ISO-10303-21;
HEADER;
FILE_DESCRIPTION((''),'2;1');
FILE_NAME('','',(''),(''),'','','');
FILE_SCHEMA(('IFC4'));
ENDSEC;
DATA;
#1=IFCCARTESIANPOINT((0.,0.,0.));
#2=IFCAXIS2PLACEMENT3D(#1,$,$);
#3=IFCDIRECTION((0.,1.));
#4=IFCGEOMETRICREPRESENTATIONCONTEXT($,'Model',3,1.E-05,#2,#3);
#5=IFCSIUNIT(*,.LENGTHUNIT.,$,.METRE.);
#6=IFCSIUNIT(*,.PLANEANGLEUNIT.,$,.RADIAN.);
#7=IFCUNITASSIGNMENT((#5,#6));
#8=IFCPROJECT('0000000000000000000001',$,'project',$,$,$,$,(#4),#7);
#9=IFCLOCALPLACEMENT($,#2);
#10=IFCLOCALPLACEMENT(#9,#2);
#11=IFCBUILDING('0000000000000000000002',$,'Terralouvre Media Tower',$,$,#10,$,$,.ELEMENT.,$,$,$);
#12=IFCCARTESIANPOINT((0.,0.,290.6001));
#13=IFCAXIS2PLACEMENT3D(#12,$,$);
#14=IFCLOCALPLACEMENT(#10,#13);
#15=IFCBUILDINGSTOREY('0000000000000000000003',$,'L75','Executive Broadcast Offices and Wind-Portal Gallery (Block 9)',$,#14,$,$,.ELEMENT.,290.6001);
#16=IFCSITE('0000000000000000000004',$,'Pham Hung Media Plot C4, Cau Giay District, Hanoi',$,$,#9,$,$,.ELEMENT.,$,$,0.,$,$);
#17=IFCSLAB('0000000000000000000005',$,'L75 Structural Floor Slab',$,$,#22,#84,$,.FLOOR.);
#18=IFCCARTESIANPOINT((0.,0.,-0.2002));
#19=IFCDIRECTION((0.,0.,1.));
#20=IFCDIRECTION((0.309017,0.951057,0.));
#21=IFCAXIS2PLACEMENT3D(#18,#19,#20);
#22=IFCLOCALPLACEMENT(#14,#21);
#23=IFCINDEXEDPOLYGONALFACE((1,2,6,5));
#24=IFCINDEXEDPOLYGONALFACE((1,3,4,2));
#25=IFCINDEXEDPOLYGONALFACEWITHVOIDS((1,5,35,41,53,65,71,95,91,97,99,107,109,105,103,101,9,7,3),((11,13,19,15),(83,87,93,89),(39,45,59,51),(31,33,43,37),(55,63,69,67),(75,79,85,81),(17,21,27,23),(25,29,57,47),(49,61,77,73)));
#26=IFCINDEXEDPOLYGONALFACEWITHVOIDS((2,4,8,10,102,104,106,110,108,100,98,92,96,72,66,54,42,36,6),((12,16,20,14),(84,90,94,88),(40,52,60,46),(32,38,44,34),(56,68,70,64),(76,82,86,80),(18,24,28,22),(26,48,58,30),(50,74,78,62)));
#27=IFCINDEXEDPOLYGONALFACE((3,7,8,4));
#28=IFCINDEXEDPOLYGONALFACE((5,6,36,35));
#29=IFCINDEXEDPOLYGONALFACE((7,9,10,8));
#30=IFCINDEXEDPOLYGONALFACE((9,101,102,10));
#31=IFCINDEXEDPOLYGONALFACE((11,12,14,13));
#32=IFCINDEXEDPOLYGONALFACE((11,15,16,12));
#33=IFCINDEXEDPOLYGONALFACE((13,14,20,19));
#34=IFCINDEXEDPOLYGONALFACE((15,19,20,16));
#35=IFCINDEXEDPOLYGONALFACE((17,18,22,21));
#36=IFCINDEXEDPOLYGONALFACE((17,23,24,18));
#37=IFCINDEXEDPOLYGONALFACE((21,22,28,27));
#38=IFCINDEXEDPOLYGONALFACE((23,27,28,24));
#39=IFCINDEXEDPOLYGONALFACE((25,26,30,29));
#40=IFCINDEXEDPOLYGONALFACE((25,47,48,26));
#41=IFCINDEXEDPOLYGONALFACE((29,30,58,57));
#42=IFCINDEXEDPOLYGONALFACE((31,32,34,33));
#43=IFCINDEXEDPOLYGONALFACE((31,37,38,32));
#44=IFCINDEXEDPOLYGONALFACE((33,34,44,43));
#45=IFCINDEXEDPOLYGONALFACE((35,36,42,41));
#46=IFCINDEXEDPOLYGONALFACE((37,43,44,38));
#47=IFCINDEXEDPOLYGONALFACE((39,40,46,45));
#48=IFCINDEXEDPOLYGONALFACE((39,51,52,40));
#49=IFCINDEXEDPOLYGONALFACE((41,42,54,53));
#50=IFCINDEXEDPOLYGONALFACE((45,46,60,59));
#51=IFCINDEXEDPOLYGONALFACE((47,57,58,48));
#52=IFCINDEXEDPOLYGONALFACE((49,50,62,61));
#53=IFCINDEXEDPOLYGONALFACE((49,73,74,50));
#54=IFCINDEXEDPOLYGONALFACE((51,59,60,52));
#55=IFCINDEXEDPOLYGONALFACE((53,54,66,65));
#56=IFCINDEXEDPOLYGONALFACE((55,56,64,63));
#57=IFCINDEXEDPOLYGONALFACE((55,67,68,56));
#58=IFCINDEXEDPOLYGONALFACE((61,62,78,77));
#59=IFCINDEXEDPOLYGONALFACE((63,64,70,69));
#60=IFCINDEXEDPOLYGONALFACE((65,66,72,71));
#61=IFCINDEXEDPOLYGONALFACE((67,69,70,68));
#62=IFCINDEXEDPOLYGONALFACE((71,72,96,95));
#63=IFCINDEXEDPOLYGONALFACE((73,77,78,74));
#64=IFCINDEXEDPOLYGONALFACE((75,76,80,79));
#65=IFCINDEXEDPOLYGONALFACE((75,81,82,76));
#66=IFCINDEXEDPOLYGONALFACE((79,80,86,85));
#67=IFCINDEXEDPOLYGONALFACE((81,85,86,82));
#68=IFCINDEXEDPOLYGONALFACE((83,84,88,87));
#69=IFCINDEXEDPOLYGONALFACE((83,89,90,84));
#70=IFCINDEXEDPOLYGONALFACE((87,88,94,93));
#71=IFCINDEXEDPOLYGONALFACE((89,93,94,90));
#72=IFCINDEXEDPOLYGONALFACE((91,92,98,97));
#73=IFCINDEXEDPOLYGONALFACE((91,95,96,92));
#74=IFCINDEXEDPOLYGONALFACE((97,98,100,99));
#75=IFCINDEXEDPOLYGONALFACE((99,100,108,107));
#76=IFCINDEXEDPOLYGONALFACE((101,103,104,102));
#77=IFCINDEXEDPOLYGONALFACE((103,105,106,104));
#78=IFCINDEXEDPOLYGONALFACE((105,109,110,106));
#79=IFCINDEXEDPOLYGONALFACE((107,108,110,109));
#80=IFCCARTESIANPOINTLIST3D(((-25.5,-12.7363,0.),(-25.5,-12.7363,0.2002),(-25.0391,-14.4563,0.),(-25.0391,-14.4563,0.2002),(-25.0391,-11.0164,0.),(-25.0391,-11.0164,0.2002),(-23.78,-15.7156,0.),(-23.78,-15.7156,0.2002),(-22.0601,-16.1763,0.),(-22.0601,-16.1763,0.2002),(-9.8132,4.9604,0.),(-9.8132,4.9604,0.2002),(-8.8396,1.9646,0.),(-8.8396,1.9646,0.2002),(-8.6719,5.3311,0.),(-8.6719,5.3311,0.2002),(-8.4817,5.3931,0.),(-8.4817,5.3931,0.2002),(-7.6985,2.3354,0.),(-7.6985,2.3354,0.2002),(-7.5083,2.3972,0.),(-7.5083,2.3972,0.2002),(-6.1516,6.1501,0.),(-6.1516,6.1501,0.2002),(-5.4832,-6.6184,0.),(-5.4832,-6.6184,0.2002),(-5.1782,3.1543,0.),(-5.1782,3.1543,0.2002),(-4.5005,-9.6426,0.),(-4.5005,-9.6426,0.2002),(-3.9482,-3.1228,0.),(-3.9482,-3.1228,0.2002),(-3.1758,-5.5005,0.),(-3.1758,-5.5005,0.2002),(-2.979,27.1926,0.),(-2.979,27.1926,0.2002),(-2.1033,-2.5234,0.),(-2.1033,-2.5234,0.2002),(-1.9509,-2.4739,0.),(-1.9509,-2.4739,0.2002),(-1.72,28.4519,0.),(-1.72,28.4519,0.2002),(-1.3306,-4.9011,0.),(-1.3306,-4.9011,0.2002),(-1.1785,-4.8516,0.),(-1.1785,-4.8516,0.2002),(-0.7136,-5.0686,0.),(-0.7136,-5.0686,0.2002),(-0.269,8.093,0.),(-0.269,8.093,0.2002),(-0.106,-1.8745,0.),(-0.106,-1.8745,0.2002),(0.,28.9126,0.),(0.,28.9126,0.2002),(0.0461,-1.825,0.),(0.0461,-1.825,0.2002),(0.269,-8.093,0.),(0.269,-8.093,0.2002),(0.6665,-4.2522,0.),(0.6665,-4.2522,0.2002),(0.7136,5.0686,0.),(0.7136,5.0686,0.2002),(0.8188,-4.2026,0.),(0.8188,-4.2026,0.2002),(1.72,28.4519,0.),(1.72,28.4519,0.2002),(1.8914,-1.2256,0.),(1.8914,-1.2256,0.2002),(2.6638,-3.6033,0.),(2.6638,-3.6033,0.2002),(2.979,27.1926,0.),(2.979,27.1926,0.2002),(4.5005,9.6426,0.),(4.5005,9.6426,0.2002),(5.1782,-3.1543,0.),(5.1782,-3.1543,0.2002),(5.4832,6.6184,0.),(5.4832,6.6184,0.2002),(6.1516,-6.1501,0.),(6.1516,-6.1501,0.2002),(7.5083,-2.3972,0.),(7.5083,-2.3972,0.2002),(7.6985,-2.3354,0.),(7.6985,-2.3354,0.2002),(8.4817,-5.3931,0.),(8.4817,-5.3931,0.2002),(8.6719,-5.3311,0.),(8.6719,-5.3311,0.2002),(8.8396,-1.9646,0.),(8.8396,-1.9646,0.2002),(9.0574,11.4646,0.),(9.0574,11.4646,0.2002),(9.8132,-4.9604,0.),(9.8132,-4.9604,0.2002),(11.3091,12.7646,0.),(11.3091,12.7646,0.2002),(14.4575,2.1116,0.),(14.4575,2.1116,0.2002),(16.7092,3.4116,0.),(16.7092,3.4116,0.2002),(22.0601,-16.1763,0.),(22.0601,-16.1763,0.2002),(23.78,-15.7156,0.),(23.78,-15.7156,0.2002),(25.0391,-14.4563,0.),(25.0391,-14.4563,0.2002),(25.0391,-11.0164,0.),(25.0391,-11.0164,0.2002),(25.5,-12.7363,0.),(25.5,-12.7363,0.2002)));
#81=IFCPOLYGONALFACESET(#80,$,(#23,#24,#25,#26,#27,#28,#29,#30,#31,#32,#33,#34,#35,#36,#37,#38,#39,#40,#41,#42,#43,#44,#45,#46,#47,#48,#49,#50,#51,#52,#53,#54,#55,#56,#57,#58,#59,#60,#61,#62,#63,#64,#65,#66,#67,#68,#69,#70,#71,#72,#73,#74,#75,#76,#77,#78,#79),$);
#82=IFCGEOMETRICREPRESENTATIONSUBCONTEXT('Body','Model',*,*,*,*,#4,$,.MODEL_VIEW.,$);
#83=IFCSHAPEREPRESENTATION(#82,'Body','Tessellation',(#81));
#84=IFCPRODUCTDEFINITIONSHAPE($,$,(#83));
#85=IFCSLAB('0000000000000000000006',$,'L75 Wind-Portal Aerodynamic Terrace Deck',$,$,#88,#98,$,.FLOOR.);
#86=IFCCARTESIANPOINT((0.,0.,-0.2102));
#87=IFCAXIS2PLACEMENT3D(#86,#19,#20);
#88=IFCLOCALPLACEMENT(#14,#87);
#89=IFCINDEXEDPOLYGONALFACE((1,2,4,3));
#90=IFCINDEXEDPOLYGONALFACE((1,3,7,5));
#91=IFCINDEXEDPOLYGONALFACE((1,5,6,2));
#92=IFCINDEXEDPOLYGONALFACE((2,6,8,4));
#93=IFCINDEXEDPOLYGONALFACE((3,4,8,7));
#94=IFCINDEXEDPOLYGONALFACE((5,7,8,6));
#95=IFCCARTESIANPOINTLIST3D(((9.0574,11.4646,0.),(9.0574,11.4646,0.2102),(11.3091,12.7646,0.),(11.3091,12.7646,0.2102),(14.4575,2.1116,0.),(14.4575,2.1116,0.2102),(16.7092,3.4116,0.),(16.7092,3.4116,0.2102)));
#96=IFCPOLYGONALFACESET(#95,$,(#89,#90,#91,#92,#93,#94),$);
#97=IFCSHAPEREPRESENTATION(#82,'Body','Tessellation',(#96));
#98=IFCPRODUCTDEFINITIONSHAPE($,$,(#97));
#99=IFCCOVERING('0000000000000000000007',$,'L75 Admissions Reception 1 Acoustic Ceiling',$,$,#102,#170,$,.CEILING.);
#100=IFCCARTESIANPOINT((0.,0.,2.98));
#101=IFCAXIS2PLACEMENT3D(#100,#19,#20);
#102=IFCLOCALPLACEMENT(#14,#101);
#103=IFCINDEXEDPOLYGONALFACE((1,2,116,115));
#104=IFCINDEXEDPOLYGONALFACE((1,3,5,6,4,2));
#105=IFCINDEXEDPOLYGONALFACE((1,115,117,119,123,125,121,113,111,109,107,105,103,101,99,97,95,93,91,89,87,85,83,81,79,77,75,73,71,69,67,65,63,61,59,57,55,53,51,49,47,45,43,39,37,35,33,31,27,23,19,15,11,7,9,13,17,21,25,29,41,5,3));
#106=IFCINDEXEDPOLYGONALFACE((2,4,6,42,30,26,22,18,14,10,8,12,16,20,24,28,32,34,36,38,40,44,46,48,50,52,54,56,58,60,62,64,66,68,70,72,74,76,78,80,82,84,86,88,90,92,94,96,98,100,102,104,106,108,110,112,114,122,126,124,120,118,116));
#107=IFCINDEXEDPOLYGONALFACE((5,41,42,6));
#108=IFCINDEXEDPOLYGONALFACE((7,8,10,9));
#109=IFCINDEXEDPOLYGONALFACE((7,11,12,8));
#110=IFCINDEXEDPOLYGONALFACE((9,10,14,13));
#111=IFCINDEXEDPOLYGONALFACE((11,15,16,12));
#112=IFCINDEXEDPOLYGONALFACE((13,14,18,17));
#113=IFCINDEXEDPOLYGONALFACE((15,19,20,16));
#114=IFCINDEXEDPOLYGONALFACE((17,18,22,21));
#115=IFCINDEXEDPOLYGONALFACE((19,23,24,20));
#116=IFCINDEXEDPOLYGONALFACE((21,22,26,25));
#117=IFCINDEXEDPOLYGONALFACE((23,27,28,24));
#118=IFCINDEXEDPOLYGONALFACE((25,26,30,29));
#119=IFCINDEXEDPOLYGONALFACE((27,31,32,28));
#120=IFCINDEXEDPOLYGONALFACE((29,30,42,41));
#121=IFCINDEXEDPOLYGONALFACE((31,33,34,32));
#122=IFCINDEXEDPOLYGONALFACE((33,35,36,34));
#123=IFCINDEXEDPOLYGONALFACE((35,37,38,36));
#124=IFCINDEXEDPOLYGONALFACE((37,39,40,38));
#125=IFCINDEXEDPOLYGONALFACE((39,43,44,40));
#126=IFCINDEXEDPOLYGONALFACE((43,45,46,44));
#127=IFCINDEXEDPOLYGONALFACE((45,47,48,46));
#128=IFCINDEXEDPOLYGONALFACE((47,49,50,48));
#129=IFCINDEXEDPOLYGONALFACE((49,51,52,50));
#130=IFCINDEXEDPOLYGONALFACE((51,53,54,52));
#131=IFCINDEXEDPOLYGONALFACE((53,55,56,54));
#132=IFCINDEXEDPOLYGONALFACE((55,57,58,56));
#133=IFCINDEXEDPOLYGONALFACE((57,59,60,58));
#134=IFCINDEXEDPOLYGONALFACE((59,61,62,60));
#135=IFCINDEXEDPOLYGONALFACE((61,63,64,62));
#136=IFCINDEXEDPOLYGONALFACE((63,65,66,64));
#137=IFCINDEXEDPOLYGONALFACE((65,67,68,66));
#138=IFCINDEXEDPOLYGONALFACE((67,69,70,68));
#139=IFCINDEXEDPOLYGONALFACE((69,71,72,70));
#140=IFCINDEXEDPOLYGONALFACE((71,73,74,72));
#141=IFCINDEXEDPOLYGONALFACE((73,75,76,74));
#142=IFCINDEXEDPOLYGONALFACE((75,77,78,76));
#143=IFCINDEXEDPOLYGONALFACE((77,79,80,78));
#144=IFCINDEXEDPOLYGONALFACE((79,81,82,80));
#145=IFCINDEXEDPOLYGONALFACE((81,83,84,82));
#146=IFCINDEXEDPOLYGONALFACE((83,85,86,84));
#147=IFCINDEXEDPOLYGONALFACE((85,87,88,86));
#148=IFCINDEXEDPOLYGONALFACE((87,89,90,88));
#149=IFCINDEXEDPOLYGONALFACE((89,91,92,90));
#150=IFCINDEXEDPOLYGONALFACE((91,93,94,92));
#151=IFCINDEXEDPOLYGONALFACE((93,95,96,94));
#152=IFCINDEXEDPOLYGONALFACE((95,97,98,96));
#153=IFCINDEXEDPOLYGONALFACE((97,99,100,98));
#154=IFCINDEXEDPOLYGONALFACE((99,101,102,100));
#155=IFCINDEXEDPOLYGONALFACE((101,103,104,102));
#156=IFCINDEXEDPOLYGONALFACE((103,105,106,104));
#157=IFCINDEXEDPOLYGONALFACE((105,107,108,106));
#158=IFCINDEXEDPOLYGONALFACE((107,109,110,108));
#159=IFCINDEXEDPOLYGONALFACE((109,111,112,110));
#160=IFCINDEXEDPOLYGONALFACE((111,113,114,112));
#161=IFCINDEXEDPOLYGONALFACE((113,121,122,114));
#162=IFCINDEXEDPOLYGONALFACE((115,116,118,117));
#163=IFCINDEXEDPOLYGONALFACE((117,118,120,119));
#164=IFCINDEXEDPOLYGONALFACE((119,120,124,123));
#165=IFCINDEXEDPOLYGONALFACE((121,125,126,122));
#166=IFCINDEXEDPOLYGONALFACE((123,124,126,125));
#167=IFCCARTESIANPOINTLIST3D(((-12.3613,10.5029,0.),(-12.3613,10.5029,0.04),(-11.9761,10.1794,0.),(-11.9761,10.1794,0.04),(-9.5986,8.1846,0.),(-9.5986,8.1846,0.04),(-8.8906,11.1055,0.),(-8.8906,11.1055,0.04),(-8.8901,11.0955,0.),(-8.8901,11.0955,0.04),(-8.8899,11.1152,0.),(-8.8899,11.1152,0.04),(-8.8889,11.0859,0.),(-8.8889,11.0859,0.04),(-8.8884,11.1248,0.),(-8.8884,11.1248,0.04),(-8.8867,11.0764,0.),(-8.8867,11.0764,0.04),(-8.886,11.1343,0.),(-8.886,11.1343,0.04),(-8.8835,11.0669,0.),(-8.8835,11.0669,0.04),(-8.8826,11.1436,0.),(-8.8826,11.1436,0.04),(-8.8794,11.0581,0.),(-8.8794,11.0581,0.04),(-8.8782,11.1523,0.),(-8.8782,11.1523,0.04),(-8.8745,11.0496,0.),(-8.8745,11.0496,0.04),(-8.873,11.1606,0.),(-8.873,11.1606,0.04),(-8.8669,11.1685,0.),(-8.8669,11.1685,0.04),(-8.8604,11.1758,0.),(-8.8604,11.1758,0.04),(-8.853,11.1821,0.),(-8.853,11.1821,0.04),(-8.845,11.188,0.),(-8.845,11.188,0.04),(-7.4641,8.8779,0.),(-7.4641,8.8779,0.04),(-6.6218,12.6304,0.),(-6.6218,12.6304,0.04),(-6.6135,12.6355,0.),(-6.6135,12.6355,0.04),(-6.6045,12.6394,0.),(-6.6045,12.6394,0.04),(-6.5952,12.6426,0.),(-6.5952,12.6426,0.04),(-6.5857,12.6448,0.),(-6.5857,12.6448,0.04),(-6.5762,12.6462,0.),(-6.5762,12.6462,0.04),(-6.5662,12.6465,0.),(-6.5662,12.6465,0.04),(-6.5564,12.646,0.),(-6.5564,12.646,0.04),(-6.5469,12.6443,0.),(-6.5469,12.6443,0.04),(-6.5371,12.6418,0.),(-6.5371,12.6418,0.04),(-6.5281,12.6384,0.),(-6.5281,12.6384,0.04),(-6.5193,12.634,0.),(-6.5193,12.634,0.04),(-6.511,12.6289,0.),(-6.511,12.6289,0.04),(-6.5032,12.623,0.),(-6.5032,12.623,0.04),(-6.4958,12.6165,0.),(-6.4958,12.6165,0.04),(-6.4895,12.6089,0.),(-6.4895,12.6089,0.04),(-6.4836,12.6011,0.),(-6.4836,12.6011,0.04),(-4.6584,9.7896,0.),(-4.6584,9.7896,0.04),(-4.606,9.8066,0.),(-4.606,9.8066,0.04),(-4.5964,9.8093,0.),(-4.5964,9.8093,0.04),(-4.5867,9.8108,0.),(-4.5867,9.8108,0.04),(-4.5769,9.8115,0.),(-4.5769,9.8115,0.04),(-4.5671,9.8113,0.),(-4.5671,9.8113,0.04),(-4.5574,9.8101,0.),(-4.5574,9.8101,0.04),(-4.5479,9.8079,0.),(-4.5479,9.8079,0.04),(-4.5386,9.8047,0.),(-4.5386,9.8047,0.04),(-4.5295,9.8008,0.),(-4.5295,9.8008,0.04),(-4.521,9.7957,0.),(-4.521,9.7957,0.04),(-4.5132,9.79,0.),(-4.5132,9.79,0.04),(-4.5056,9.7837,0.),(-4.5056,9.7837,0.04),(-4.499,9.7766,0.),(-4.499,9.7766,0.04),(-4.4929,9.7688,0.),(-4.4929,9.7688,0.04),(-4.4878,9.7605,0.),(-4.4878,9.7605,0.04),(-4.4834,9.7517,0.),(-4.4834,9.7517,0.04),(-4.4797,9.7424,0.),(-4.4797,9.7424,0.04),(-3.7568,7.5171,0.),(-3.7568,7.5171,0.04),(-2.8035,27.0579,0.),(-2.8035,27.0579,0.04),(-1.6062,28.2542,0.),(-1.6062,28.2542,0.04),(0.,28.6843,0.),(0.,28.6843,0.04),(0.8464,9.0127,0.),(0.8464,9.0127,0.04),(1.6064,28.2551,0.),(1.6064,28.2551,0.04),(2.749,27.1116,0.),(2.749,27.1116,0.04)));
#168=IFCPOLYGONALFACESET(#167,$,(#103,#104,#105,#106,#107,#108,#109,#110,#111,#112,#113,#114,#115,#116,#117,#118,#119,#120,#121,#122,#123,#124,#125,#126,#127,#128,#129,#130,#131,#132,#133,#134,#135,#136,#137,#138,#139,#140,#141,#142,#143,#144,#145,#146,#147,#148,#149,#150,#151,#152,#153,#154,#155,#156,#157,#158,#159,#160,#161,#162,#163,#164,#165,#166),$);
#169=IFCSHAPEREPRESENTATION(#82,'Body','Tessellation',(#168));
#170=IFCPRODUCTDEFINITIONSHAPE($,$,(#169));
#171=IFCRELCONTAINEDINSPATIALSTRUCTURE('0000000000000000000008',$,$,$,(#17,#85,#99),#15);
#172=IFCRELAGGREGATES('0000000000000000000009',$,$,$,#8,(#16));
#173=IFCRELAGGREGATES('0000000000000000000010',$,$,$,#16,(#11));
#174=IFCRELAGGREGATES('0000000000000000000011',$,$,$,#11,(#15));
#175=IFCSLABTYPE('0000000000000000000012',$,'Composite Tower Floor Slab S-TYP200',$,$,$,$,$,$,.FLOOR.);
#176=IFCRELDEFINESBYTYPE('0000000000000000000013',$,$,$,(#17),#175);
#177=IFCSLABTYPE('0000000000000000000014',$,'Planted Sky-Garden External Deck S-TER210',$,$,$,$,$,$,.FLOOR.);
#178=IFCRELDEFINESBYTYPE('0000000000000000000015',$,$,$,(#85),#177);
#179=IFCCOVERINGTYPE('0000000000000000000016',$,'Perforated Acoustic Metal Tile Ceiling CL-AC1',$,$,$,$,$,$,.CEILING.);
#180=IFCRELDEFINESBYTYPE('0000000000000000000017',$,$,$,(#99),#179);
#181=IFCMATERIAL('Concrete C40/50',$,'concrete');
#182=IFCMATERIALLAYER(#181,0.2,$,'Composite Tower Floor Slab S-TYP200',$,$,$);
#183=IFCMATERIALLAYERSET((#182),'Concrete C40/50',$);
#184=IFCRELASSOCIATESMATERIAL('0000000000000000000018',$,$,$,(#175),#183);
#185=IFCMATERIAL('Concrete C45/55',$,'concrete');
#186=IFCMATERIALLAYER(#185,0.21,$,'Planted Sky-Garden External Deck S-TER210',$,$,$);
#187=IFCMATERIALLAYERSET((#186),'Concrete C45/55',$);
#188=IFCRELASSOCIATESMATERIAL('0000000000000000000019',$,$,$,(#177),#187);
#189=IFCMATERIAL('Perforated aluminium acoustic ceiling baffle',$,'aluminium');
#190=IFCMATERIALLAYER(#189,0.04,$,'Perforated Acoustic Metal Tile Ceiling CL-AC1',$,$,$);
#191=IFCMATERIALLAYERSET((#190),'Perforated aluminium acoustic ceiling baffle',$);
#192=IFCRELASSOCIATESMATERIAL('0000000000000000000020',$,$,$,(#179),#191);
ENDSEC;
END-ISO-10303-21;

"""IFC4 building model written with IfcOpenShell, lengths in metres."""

from ifc_helpers import new_model, si_unit, direction, frame, origin, place, context, subcontext, project, spatial, polyline, outline, extrude, material, layer, layer_set, type_object, element, save


model = new_model("IFC4")

# Units and contexts
model_context = context("Model", 3, precision=1e-05, world=origin(), true_north=direction((0.0, 1.0)))
body_context = subcontext(model_context, "Body", "Model", "MODEL_VIEW")
ifc_project = project(units=[si_unit("LENGTHUNIT", "METRE"), si_unit("PLANEANGLEUNIT", "RADIAN")], contexts=[model_context])

# Site, building, storey
site_placement = place(None, origin())
site = spatial("IfcSite", under=ifc_project, at=site_placement, Name="Pham Hung Media Plot C4, Cau Giay District, Hanoi", CompositionType="ELEMENT", RefElevation=0.0)
building_placement = place(site_placement, origin())
building = spatial("IfcBuilding", under=site, at=building_placement, Name="Terralouvre Media Tower", CompositionType="ELEMENT")
storey_placement = place(building_placement, frame((0.0, 0.0, 290.6001)))
storey = spatial("IfcBuildingStorey", under=building, at=storey_placement, Name="L75", Description="Executive Broadcast Offices and Wind-Portal Gallery (Block 9)", CompositionType="ELEMENT", Elevation=290.6001)

# Slabs
ifc_material_1 = material(Name="Concrete C40/50", Category="concrete")
ifc_layer_1 = layer(ifc_material_1, 0.2, Name="Composite Tower Floor Slab S-TYP200")
ifc_layer_set_1 = layer_set([ifc_layer_1], Name="Concrete C40/50")
slab_type_1 = type_object("IfcSlabType", Name="Composite Tower Floor Slab S-TYP200", PredefinedType="FLOOR", material=ifc_layer_set_1)
slab_1_placement = place(storey_placement, frame((0.0, 0.0, -0.2002), z_axis=(0.0, 0.0, 1.0), x_axis=(0.309017, 0.951057, 0.0)))
element("IfcSlab", 1, at=slab_1_placement, inside=storey, type_object=slab_type_1, Name="L75 Structural Floor Slab", PredefinedType="FLOOR", context=body_context, shape_type="SweptSolid", body=[
    extrude(outline(polyline([(25.0391, -11.0164), (16.7092, 3.4116), (14.4575, 2.1116), (9.0574, 11.4646), (11.3091, 12.7646), (2.979, 27.1926), (1.72, 28.4519), (0.0, 28.9126), (-1.72, 28.4519), (-2.979, 27.1926), (-25.0391, -11.0164), (-25.5, -12.7363), (-25.0391, -14.4563), (-23.78, -15.7156), (-22.0601, -16.1763), (22.0601, -16.1763), (23.78, -15.7156), (25.0391, -14.4563), (25.5, -12.7363), (25.0391, -11.0164)]), holes=[polyline([(-7.6985, 2.3354), (-8.8396, 1.9646), (-9.8132, 4.9604), (-8.6719, 5.3311), (-7.6985, 2.3354)]), polyline([(-5.1782, 3.1543), (-7.5083, 2.3972), (-8.4817, 5.3931), (-6.1516, 6.1501), (-5.1782, 3.1543)]), polyline([(-5.4832, -6.6184), (-0.7136, -5.0686), (0.269, -8.093), (-4.5005, -9.6426), (-5.4832, -6.6184)]), polyline([(-1.3306, -4.9011), (-3.1758, -5.5005), (-3.9482, -3.1228), (-2.1033, -2.5234), (-1.3306, -4.9011)]), polyline([(0.6665, -4.2522), (-1.1785, -4.8516), (-1.9509, -2.4739), (-0.106, -1.8745), (0.6665, -4.2522)]), polyline([(2.6638, -3.6033), (0.8188, -4.2026), (0.0461, -1.825), (1.8914, -1.2256), (2.6638, -3.6033)]), polyline([(5.4832, 6.6184), (0.7136, 5.0686), (-0.269, 8.093), (4.5005, 9.6426), (5.4832, 6.6184)]), polyline([(6.1516, -6.1501), (5.1782, -3.1543), (7.5083, -2.3972), (8.4817, -5.3931), (6.1516, -6.1501)]), polyline([(8.6719, -5.3311), (7.6985, -2.3354), (8.8396, -1.9646), (9.8132, -4.9604), (8.6719, -5.3311)])]), origin(), (0.0, 0.0, 1.0), 0.2002),
])
ifc_material_2 = material(Name="Concrete C45/55", Category="concrete")
ifc_layer_2 = layer(ifc_material_2, 0.21, Name="Planted Sky-Garden External Deck S-TER210")
ifc_layer_set_2 = layer_set([ifc_layer_2], Name="Concrete C45/55")
slab_type_2 = type_object("IfcSlabType", Name="Planted Sky-Garden External Deck S-TER210", PredefinedType="FLOOR", material=ifc_layer_set_2)
slab_2_placement = place(storey_placement, frame((0.0, 0.0, -0.2102), z_axis=(0.0, 0.0, 1.0), x_axis=(0.309017, 0.951057, 0.0)))
element("IfcSlab", 2, at=slab_2_placement, inside=storey, type_object=slab_type_2, Name="L75 Wind-Portal Aerodynamic Terrace Deck", PredefinedType="FLOOR", context=body_context, shape_type="SweptSolid", body=[
    extrude(outline(polyline([(16.7092, 3.4116), (11.3091, 12.7646), (9.0574, 11.4646), (14.4575, 2.1116), (16.7092, 3.4116)])), origin(), (0.0, 0.0, 1.0), 0.2102),
])

# Covering
ifc_material_3 = material(Name="Perforated aluminium acoustic ceiling baffle", Category="aluminium")
ifc_layer_3 = layer(ifc_material_3, 0.04, Name="Perforated Acoustic Metal Tile Ceiling CL-AC1")
ifc_layer_set_3 = layer_set([ifc_layer_3], Name="Perforated aluminium acoustic ceiling baffle")
covering_type = type_object("IfcCoveringType", Name="Perforated Acoustic Metal Tile Ceiling CL-AC1", PredefinedType="CEILING", material=ifc_layer_set_3)
covering_1_placement = place(storey_placement, frame((0.0, 0.0, 2.98), z_axis=(0.0, 0.0, 1.0), x_axis=(0.309017, 0.951057, 0.0)))
element("IfcCovering", 3, at=covering_1_placement, inside=storey, type_object=covering_type, Name="L75 Admissions Reception 1 Acoustic Ceiling", PredefinedType="CEILING", context=body_context, shape_type="SweptSolid", body=[
    extrude(outline(polyline([(-9.5986, 8.1846), (-7.4641, 8.8779), (-8.8745, 11.0496), (-8.8794, 11.0581), (-8.8835, 11.0669), (-8.8867, 11.0764), (-8.8889, 11.0859), (-8.8901, 11.0955), (-8.8906, 11.1055), (-8.8899, 11.1152), (-8.8884, 11.1248), (-8.886, 11.1343), (-8.8826, 11.1436), (-8.8782, 11.1523), (-8.873, 11.1606), (-8.8669, 11.1685), (-8.8604, 11.1758), (-8.853, 11.1821), (-8.845, 11.188), (-6.6218, 12.6304), (-6.6135, 12.6355), (-6.6045, 12.6394), (-6.5952, 12.6426), (-6.5857, 12.6448), (-6.5762, 12.6462), (-6.5662, 12.6465), (-6.5564, 12.646), (-6.5469, 12.6443), (-6.5371, 12.6418), (-6.5281, 12.6384), (-6.5193, 12.634), (-6.511, 12.6289), (-6.5032, 12.623), (-6.4958, 12.6165), (-6.4895, 12.6089), (-6.4836, 12.6011), (-4.6584, 9.7896), (-4.606, 9.8066), (-4.5964, 9.8093), (-4.5867, 9.8108), (-4.5769, 9.8115), (-4.5671, 9.8113), (-4.5574, 9.8101), (-4.5479, 9.8079), (-4.5386, 9.8047), (-4.5295, 9.8008), (-4.521, 9.7957), (-4.5132, 9.79), (-4.5056, 9.7837), (-4.499, 9.7766), (-4.4929, 9.7688), (-4.4878, 9.7605), (-4.4834, 9.7517), (-4.4797, 9.7424), (-3.7568, 7.5171), (0.8464, 9.0127), (2.749, 27.1116), (1.6064, 28.2551), (0.0, 28.6843), (-1.6062, 28.2542), (-2.8035, 27.0579), (-12.3613, 10.5029), (-11.9761, 10.1794), (-9.5986, 8.1846)])), origin(), (0.0, 0.0, 1.0), 0.04),
])

save(model, "model.ifc")
